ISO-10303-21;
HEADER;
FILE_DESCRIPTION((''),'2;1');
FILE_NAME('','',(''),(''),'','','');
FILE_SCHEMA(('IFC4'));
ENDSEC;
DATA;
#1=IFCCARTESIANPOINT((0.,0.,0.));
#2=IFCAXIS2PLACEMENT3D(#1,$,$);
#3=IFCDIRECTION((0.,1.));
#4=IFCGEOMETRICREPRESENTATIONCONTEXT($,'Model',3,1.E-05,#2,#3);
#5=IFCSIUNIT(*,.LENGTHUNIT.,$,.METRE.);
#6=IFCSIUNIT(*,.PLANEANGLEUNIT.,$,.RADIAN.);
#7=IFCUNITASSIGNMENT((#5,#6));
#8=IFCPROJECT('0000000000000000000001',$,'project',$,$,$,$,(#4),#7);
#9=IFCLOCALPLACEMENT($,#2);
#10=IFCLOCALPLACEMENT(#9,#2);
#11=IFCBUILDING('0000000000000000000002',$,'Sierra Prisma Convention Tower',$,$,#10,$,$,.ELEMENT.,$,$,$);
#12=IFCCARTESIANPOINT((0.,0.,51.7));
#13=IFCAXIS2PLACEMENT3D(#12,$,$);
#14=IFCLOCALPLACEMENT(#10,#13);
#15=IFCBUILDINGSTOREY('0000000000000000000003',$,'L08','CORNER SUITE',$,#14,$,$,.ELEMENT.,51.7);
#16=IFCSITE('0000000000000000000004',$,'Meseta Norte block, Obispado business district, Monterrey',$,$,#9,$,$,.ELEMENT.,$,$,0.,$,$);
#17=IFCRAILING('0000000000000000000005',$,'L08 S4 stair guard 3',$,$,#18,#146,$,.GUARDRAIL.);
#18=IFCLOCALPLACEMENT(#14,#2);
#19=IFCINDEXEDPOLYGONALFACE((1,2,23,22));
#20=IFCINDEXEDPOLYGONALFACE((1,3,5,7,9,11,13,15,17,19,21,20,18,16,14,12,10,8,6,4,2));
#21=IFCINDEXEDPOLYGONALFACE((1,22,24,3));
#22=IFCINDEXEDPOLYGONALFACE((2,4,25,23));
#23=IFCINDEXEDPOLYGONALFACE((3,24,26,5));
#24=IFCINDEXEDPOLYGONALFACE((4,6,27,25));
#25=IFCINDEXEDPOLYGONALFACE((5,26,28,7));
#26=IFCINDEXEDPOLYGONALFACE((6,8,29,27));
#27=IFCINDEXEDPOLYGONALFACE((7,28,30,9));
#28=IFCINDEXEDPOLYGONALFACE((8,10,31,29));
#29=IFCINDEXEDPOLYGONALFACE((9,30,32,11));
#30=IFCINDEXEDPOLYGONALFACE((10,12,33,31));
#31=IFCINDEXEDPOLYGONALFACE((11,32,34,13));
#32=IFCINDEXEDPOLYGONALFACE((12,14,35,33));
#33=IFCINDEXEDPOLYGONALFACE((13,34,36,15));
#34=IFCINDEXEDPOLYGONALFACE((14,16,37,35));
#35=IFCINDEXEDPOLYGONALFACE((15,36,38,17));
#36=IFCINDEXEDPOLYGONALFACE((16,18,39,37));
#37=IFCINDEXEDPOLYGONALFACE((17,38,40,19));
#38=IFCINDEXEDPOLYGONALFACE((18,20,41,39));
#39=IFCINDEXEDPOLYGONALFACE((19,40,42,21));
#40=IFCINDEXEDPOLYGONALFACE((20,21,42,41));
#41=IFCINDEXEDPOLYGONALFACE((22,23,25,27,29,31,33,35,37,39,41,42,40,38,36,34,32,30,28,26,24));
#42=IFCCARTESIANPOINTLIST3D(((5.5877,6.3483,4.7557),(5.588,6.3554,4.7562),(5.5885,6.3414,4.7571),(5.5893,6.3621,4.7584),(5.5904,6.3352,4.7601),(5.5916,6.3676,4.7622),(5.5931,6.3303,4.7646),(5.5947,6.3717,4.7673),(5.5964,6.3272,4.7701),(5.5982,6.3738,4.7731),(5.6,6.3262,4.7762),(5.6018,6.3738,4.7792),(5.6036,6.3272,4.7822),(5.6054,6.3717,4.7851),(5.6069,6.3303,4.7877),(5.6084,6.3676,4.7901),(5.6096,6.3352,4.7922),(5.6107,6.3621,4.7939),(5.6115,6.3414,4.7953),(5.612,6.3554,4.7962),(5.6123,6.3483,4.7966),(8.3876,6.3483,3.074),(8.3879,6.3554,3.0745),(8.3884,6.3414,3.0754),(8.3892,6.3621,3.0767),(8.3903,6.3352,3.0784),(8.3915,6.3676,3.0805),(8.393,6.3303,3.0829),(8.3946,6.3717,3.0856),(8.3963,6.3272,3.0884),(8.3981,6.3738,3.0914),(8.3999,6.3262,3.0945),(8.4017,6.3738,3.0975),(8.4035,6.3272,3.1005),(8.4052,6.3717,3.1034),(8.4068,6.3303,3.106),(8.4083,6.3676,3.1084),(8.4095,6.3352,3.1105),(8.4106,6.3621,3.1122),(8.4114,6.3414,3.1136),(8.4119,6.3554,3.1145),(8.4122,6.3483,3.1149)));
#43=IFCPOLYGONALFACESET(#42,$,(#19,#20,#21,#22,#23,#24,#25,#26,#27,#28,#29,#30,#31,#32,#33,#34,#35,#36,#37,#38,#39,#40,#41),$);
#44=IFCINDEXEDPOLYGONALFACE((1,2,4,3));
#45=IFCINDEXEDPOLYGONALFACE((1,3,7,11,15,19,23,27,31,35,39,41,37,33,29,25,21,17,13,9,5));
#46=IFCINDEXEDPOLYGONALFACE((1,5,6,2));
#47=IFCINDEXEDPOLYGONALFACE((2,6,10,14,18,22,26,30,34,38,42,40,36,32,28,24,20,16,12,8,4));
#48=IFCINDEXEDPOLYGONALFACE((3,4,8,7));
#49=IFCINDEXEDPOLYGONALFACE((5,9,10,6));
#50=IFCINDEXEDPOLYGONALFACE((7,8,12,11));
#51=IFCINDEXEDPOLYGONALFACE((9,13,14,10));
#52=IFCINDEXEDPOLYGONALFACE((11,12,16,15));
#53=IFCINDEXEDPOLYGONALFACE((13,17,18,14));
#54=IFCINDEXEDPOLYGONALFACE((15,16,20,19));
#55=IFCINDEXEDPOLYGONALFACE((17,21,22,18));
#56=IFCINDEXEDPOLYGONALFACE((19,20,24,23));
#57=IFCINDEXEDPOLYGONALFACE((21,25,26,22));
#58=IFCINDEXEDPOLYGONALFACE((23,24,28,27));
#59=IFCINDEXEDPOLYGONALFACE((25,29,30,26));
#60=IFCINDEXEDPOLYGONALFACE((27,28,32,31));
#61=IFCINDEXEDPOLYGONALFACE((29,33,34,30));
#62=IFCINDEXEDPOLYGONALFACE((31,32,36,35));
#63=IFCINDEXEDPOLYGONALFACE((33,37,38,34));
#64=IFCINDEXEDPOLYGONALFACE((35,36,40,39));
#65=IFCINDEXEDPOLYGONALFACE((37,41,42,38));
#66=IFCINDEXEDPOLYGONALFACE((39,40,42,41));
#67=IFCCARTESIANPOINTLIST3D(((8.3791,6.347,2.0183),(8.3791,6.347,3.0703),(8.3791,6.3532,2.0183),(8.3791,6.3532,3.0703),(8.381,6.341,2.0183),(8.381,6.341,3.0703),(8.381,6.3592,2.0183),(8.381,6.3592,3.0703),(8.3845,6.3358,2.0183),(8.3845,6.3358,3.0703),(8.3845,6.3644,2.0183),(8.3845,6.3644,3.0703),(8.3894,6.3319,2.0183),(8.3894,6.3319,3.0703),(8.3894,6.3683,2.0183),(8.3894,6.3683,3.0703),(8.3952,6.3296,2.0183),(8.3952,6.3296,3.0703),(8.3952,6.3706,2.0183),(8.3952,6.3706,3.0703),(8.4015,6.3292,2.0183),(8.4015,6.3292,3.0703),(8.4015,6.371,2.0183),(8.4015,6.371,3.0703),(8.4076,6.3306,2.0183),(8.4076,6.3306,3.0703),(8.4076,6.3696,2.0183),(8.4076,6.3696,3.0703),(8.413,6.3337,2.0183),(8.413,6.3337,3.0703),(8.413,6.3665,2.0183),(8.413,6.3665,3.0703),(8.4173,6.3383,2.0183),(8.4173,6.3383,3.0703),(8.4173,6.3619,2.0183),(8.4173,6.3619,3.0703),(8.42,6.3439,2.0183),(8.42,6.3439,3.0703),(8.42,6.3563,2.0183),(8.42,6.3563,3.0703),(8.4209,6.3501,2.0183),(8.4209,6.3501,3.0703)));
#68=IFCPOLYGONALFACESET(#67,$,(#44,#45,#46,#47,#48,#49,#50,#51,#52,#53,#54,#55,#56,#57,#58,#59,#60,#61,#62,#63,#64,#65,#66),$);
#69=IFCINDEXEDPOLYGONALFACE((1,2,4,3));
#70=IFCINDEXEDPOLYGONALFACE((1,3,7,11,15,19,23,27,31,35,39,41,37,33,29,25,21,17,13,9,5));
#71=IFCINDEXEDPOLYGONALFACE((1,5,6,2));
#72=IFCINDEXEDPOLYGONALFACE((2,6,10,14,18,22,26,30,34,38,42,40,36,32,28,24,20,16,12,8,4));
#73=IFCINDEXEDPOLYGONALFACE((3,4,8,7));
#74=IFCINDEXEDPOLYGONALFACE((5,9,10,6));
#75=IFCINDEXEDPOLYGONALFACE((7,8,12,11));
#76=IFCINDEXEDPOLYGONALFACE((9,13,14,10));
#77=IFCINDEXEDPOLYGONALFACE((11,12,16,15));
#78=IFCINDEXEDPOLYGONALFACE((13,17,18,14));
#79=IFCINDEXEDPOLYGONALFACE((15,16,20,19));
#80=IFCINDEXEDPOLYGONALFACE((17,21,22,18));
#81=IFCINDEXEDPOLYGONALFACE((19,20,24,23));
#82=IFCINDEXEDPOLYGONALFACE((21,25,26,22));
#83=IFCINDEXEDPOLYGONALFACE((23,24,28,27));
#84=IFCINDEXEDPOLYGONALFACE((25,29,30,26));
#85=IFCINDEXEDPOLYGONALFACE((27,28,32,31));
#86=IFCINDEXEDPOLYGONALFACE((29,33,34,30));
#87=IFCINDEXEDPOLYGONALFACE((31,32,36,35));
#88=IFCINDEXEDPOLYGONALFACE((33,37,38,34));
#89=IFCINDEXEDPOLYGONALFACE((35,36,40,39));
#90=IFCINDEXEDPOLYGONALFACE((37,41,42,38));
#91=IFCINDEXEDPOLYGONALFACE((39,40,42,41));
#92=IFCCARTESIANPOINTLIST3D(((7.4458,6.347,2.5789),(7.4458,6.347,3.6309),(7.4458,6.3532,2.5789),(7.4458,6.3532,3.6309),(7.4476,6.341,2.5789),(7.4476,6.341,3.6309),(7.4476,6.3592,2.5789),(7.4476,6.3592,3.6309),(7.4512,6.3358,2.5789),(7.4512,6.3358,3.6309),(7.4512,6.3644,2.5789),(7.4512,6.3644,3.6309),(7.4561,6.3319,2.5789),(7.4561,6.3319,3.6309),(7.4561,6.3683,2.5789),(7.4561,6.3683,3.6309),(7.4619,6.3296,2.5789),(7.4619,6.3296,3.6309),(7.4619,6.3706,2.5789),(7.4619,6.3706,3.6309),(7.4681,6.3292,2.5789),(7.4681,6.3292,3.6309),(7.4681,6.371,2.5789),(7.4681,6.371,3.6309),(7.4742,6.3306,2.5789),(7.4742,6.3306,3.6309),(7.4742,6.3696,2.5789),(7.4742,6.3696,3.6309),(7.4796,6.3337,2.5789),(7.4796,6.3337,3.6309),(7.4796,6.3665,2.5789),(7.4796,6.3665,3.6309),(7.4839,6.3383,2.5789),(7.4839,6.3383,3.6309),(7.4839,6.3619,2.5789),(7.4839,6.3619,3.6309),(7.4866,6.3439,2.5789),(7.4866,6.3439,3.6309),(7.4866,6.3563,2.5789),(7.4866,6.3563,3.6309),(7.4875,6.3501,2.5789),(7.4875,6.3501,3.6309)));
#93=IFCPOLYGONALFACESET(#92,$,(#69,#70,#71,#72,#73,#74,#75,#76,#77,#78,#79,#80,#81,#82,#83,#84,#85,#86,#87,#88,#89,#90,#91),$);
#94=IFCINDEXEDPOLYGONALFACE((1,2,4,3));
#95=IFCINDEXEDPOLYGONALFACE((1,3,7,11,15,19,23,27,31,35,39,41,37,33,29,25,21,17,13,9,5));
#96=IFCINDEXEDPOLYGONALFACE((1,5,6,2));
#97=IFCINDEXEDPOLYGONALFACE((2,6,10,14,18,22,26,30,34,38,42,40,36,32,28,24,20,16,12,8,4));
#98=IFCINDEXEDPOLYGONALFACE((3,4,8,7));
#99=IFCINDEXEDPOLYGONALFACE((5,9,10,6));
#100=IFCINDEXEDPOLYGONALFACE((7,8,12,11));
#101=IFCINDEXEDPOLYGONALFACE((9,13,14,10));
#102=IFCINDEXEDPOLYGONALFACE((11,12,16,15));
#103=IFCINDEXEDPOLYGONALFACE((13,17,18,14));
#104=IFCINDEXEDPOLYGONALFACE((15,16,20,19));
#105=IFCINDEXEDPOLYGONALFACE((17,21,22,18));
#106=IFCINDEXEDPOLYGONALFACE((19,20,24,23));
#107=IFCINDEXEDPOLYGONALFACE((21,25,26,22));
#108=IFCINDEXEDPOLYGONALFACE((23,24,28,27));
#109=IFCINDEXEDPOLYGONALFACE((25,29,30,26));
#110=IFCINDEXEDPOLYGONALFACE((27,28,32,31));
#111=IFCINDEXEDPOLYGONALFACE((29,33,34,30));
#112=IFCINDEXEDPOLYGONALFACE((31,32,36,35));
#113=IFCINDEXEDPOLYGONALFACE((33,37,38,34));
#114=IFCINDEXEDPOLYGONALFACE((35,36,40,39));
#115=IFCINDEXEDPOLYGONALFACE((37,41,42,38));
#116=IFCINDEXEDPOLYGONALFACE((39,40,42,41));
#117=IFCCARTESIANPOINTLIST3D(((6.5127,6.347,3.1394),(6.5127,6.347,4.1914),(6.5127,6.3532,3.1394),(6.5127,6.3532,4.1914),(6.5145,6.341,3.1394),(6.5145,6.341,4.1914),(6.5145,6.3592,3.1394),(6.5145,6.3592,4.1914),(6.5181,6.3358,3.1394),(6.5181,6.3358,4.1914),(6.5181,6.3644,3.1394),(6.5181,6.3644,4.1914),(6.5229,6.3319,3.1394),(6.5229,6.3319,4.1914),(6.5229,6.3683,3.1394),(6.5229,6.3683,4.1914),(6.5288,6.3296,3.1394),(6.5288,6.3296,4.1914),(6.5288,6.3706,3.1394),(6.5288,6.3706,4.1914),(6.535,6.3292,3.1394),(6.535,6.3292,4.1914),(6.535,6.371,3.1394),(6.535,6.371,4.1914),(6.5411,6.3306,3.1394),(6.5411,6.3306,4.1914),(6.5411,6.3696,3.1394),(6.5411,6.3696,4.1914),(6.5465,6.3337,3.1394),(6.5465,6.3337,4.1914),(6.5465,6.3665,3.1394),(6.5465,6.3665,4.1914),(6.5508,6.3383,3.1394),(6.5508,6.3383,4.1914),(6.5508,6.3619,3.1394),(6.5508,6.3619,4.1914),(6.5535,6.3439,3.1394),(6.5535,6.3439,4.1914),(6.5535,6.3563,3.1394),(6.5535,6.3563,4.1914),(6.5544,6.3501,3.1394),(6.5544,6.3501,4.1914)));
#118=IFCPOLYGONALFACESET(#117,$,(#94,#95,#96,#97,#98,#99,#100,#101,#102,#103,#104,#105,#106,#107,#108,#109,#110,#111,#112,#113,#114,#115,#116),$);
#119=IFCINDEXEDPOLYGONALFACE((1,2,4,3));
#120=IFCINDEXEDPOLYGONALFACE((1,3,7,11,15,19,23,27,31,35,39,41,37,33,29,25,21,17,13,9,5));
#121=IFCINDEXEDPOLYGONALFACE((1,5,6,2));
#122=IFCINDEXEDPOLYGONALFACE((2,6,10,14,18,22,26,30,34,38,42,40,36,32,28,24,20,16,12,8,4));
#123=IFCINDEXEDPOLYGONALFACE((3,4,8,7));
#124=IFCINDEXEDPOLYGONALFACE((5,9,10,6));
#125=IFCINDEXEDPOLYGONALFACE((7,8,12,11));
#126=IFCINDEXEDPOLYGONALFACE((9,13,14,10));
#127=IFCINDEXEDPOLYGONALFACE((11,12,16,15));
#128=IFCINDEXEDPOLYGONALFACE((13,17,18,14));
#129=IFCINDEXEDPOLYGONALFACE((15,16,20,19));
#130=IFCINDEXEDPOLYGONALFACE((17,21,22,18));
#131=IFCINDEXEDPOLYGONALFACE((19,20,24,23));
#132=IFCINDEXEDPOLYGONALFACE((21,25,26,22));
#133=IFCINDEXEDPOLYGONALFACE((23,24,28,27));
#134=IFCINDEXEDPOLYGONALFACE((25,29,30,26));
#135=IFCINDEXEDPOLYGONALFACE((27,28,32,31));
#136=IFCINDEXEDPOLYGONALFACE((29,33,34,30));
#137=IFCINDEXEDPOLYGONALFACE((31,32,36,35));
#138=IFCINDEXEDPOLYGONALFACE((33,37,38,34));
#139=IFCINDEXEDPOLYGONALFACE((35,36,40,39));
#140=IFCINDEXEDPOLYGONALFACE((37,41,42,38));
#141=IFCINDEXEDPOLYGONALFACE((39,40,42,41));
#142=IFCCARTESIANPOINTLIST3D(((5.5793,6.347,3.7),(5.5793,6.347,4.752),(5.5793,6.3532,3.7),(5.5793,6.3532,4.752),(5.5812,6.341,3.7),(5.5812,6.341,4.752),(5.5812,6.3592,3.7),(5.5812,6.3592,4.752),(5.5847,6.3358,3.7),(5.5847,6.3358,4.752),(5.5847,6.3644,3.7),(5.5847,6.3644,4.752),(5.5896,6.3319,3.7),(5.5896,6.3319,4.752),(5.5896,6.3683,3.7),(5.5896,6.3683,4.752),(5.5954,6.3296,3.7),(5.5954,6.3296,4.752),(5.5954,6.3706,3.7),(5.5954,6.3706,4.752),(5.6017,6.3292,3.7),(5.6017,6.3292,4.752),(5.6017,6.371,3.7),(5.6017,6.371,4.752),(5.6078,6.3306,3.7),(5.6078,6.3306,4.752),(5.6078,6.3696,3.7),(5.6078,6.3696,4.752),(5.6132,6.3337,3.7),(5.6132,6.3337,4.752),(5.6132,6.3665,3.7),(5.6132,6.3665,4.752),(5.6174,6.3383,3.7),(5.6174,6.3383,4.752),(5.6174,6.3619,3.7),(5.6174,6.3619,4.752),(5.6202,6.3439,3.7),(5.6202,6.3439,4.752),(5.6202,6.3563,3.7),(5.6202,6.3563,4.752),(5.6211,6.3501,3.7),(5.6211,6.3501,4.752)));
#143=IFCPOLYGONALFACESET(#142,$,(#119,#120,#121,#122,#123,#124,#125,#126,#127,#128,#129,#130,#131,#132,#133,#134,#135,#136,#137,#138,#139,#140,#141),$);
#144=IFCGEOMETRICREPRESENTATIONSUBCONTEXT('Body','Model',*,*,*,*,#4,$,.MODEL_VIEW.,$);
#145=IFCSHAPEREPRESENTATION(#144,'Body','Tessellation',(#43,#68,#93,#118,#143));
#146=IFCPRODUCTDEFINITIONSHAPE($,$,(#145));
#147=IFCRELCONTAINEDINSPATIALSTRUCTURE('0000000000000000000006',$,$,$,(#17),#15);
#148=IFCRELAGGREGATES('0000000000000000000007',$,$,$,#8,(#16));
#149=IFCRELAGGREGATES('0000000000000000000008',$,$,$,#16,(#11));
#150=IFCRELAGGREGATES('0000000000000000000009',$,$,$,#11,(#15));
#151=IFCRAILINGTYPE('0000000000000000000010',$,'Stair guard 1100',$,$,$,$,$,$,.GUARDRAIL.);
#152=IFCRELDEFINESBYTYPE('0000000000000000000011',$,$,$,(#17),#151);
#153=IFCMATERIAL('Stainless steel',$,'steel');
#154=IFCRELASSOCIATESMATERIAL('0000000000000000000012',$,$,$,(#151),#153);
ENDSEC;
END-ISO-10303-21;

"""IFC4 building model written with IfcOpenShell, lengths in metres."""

from ifc_helpers import new_model, si_unit, direction, frame, origin, origin_2d, place, context, subcontext, project, spatial, circle, extrude, material, type_object, element, save


model = new_model("IFC4")

# Units and contexts
model_context = context("Model", 3, precision=1e-05, world=origin(), true_north=direction((0.0, 1.0)))
body_context = subcontext(model_context, "Body", "Model", "MODEL_VIEW")
ifc_project = project(units=[si_unit("LENGTHUNIT", "METRE"), si_unit("PLANEANGLEUNIT", "RADIAN")], contexts=[model_context])

# Site, building, storey
site_placement = place(None, origin())
site = spatial("IfcSite", under=ifc_project, at=site_placement, Name="Meseta Norte block, Obispado business district, Monterrey", CompositionType="ELEMENT", RefElevation=0.0)
building_placement = place(site_placement, origin())
building = spatial("IfcBuilding", under=site, at=building_placement, Name="Sierra Prisma Convention Tower", CompositionType="ELEMENT")
storey_placement = place(building_placement, frame((0.0, 0.0, 51.7)))
storey = spatial("IfcBuildingStorey", under=building, at=storey_placement, Name="L08", Description="CORNER SUITE", CompositionType="ELEMENT", Elevation=51.7)

# Railing
ifc_material_1 = material(Name="Stainless steel", Category="steel")
railing_type_1 = type_object("IfcRailingType", Name="Stair guard 1100", PredefinedType="GUARDRAIL", material=ifc_material_1)
railing_1_placement = place(storey_placement, frame((8.3999, 6.3501, 2.0183)))
element("IfcRailing", 1, at=railing_1_placement, inside=storey, type_object=railing_type_1, Name="L08 S4 stair guard 3", PredefinedType="GUARDRAIL", context=body_context, shape_type="SweptSolid", body=[
    extrude(circle(Radius=0.0239, at=origin_2d()), frame((0.0, 0.0, 1.0762), z_axis=(-0.857255, 0.0, 0.514891), x_axis=(0.0, -1.0, 0.0)), (0.0, 0.0, 1.0), 3.2661),
    extrude(circle(Radius=0.021, at=origin_2d()), origin(), (0.0, 0.0, 1.0), 1.052),
    extrude(circle(Radius=0.021, at=origin_2d()), frame((-0.9333, 0.0, 0.5605)), (0.0, 0.0, 1.0), 1.052),
    extrude(circle(Radius=0.021, at=origin_2d()), frame((-1.8665, 0.0, 1.1211)), (0.0, 0.0, 1.0), 1.052),
    extrude(circle(Radius=0.021, at=origin_2d()), frame((-2.7998, 0.0, 1.6816)), (0.0, 0.0, 1.0), 1.052),
])

save(model, "model.ifc")
